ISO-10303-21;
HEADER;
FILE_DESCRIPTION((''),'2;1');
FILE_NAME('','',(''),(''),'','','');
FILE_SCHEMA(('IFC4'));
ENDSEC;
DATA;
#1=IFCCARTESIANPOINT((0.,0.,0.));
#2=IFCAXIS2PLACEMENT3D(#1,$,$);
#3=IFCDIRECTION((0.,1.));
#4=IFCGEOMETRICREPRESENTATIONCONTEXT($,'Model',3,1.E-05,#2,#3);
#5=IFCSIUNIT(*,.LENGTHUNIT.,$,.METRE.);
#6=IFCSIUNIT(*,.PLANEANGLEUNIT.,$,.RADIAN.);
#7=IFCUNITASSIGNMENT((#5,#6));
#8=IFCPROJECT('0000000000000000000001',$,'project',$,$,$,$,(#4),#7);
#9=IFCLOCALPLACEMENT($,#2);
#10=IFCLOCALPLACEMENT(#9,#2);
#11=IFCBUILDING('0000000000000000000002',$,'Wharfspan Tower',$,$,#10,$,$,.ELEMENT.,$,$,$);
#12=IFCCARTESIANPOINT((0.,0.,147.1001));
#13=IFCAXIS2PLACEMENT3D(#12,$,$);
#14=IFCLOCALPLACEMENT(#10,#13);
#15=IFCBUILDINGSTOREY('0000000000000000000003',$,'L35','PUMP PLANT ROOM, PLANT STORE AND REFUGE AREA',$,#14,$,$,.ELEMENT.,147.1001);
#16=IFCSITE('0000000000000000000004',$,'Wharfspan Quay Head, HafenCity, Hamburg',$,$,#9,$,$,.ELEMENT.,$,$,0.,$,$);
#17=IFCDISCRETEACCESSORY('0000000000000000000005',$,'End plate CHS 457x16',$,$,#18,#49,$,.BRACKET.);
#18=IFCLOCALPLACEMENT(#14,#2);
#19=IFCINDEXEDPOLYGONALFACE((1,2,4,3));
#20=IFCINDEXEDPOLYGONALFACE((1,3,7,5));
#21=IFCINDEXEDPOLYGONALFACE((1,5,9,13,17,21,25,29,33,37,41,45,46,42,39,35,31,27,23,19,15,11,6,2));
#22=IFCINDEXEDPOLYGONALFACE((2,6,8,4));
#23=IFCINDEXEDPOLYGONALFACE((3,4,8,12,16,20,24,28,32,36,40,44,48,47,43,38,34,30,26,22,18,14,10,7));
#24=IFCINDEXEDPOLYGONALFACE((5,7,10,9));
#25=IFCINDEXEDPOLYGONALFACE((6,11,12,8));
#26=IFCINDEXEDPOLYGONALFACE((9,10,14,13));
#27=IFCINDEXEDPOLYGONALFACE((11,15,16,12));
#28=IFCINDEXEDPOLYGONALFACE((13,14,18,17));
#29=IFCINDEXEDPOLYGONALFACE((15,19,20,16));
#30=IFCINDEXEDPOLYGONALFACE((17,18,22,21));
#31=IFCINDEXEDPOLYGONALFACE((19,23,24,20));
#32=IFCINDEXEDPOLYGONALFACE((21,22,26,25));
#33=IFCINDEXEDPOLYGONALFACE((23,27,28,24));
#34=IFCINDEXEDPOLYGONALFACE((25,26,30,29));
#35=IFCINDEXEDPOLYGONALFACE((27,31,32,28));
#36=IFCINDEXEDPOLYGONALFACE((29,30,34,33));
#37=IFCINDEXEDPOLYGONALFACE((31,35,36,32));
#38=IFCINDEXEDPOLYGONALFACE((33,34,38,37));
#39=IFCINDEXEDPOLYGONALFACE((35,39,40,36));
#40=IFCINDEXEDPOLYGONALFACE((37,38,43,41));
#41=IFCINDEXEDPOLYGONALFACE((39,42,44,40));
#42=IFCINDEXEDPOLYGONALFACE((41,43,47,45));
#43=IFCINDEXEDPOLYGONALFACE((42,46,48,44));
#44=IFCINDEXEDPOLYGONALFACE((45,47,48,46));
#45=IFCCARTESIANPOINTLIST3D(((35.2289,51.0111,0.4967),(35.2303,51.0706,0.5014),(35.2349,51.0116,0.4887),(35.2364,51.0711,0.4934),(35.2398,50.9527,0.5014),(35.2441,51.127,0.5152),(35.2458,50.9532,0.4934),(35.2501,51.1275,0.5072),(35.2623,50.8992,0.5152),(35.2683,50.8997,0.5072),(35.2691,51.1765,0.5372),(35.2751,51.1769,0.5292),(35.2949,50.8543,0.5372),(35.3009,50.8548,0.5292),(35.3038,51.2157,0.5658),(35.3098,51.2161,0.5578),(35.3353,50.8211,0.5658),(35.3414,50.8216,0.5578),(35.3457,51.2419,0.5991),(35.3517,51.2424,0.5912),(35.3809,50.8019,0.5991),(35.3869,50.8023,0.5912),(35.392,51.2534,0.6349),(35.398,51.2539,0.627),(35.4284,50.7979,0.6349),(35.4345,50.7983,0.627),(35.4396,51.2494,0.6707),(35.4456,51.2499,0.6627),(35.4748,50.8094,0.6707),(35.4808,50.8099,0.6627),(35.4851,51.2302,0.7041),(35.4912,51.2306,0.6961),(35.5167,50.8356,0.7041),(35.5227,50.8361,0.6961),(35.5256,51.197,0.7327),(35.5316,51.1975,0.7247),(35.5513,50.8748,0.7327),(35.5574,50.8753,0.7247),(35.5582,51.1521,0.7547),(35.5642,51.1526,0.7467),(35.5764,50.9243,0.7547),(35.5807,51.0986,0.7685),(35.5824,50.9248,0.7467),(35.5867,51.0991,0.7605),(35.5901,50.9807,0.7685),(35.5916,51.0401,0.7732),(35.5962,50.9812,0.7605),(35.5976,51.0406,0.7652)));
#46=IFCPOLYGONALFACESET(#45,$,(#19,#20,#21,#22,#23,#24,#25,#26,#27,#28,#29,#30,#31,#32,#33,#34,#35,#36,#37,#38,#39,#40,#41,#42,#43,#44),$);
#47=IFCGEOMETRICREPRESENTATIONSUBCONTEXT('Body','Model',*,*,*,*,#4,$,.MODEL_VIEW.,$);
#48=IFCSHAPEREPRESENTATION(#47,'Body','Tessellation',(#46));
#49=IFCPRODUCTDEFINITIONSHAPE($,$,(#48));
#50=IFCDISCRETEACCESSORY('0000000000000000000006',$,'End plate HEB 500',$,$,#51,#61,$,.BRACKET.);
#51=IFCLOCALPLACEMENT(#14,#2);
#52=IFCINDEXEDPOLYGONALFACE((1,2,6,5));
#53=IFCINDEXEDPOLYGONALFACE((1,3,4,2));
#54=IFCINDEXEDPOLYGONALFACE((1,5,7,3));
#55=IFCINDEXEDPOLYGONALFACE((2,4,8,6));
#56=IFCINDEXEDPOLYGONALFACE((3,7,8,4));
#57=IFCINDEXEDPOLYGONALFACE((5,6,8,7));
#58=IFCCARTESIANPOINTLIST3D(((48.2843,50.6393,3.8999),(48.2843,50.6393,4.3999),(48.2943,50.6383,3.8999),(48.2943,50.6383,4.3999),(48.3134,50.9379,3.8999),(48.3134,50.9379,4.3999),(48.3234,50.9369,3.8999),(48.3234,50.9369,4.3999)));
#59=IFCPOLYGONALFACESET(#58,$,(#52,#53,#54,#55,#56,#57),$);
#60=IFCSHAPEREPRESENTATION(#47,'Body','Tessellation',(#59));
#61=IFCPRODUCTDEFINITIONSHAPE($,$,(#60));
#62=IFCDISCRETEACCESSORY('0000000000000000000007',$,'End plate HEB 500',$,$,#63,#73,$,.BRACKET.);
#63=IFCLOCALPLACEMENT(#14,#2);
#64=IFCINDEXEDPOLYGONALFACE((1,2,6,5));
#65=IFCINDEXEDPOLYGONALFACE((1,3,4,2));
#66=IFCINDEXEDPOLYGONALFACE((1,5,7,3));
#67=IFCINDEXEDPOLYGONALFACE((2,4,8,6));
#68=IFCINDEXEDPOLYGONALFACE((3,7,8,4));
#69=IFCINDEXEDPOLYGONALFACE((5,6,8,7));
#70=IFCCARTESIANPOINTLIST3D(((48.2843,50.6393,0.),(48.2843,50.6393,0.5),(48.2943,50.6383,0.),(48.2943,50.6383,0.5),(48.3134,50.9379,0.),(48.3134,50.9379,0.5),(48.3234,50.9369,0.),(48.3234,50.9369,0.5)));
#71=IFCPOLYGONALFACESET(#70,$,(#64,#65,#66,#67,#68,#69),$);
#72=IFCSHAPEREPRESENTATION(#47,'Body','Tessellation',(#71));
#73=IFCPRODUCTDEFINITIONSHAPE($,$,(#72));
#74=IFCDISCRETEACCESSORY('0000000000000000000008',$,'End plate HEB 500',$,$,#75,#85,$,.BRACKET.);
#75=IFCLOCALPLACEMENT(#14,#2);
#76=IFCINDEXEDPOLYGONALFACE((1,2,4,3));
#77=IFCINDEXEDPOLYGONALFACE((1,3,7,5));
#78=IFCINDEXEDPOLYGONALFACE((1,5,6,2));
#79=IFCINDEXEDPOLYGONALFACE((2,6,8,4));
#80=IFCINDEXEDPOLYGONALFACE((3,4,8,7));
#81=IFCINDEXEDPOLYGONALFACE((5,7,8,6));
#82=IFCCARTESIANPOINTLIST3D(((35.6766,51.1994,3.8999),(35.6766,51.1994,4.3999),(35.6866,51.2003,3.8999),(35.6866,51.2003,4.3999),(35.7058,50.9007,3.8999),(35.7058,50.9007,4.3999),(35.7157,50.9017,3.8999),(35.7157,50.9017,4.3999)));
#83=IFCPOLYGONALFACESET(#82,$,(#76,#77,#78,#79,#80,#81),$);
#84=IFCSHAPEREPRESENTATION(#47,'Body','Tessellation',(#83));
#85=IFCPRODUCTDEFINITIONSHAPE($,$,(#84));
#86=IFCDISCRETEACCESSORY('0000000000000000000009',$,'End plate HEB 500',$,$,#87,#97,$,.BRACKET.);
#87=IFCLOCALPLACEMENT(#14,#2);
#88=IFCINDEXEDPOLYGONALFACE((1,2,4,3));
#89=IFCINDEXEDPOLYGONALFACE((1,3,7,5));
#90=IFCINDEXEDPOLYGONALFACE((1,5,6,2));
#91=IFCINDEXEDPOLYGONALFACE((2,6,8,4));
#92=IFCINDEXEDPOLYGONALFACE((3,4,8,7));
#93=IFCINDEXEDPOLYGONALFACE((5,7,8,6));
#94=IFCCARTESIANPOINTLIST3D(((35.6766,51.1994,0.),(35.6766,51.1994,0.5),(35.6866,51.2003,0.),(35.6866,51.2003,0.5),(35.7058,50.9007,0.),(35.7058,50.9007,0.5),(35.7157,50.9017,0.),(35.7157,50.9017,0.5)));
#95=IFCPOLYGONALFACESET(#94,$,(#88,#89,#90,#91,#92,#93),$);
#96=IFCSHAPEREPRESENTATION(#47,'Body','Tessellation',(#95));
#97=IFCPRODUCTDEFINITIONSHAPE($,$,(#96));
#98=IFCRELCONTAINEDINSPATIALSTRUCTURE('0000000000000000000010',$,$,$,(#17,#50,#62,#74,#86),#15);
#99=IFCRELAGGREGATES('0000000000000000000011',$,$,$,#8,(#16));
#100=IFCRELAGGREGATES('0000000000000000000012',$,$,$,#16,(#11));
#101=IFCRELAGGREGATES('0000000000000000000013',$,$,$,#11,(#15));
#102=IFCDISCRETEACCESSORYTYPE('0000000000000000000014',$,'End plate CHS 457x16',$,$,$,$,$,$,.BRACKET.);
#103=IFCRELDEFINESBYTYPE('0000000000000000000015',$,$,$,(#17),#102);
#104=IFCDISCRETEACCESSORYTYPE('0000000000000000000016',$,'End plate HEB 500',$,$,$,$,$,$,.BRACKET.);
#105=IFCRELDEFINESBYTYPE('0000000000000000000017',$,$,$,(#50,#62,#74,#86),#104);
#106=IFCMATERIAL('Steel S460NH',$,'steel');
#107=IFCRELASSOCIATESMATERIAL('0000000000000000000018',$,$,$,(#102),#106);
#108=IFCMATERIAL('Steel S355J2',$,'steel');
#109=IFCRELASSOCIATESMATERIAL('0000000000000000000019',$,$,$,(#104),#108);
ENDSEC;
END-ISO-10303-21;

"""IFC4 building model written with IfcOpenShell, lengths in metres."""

from ifc_helpers import new_model, si_unit, direction, frame, origin, origin_2d, place, context, subcontext, project, spatial, rectangle, circle, extrude, material, material_profile, profile_set, type_object, element, save


model = new_model("IFC4")

# Units and contexts
model_context = context("Model", 3, precision=1e-05, world=origin(), true_north=direction((0.0, 1.0)))
body_context = subcontext(model_context, "Body", "Model", "MODEL_VIEW")
ifc_project = project(units=[si_unit("LENGTHUNIT", "METRE"), si_unit("PLANEANGLEUNIT", "RADIAN")], contexts=[model_context])

# Site, building, storey
site_placement = place(None, origin())
site = spatial("IfcSite", under=ifc_project, at=site_placement, Name="Wharfspan Quay Head, HafenCity, Hamburg", CompositionType="ELEMENT", RefElevation=0.0)
building_placement = place(site_placement, origin())
building = spatial("IfcBuilding", under=site, at=building_placement, Name="Wharfspan Tower", CompositionType="ELEMENT")
storey_placement = place(building_placement, frame((0.0, 0.0, 147.1001)))
storey = spatial("IfcBuildingStorey", under=building, at=storey_placement, Name="L35", Description="PUMP PLANT ROOM, PLANT STORE AND REFUGE AREA", CompositionType="ELEMENT", Elevation=147.1001)

# Shared definitions
ifc_material_1 = material(Name="Steel S355J2", Category="steel")

# Discrete accessories
ifc_material_2 = material(Name="Steel S460NH", Category="steel")
ifc_material_profile_1 = material_profile(ifc_material_2, circle(Radius=0.2285, at=origin_2d()))
ifc_profile_set_1 = profile_set([ifc_material_profile_1], Name="Steel S460NH")
discrete_accessory_type_1 = type_object("IfcDiscreteAccessoryType", Name="End plate CHS 457x16", PredefinedType="BRACKET", material=ifc_profile_set_1)
for number, where, z_axis, x_axis, name in (
    (1, (35.4163, 51.0261, 0.627), (-0.603154, -0.048252, 0.796164), (0.079745, -0.996819, 0.0), "End plate CHS 457x16"),
):
    element("IfcDiscreteAccessory", number, at=place(storey_placement, frame(where, z_axis=z_axis, x_axis=x_axis)), inside=storey, type_object=discrete_accessory_type_1, Name=name, PredefinedType="BRACKET", context=body_context, shape_type="SweptSolid", body=[
        extrude(circle(Radius=0.2285, at=origin_2d()), origin(), (0.0, 0.0, 1.0), 0.01),
    ])
ifc_material_profile_2 = material_profile(ifc_material_1, rectangle(XDim=0.3, YDim=0.5, at=origin_2d()))
ifc_profile_set_2 = profile_set([ifc_material_profile_2], Name="Steel S355J2")
discrete_accessory_type_2 = type_object("IfcDiscreteAccessoryType", Name="End plate HEB 500", PredefinedType="BRACKET", material=ifc_profile_set_2)
for number, where, z_axis, x_axis, name in (
    (2, (48.3088, 50.7876, 4.1499), (-0.995275, 0.0971, 0.0), (-0.0971, -0.995275, 0.0), "End plate HEB 500"),
    (3, (48.3088, 50.7876, 0.25), (-0.995275, 0.0971, 0.0), (-0.0971, -0.995275, 0.0), "End plate HEB 500"),
    (4, (35.7012, 51.051, 4.1499), (-0.995275, -0.0971, 0.0), (0.0971, -0.995275, 0.0), "End plate HEB 500"),
    (5, (35.7012, 51.051, 0.25), (-0.995275, -0.0971, 0.0), (0.0971, -0.995275, 0.0), "End plate HEB 500"),
):
    element("IfcDiscreteAccessory", number, at=place(storey_placement, frame(where, z_axis=z_axis, x_axis=x_axis)), inside=storey, type_object=discrete_accessory_type_2, Name=name, PredefinedType="BRACKET", context=body_context, shape_type="SweptSolid", body=[
        extrude(rectangle(XDim=0.3, YDim=0.5, at=origin_2d()), origin(), (0.0, 0.0, 1.0), 0.01),
    ])

save(model, "model.ifc")
